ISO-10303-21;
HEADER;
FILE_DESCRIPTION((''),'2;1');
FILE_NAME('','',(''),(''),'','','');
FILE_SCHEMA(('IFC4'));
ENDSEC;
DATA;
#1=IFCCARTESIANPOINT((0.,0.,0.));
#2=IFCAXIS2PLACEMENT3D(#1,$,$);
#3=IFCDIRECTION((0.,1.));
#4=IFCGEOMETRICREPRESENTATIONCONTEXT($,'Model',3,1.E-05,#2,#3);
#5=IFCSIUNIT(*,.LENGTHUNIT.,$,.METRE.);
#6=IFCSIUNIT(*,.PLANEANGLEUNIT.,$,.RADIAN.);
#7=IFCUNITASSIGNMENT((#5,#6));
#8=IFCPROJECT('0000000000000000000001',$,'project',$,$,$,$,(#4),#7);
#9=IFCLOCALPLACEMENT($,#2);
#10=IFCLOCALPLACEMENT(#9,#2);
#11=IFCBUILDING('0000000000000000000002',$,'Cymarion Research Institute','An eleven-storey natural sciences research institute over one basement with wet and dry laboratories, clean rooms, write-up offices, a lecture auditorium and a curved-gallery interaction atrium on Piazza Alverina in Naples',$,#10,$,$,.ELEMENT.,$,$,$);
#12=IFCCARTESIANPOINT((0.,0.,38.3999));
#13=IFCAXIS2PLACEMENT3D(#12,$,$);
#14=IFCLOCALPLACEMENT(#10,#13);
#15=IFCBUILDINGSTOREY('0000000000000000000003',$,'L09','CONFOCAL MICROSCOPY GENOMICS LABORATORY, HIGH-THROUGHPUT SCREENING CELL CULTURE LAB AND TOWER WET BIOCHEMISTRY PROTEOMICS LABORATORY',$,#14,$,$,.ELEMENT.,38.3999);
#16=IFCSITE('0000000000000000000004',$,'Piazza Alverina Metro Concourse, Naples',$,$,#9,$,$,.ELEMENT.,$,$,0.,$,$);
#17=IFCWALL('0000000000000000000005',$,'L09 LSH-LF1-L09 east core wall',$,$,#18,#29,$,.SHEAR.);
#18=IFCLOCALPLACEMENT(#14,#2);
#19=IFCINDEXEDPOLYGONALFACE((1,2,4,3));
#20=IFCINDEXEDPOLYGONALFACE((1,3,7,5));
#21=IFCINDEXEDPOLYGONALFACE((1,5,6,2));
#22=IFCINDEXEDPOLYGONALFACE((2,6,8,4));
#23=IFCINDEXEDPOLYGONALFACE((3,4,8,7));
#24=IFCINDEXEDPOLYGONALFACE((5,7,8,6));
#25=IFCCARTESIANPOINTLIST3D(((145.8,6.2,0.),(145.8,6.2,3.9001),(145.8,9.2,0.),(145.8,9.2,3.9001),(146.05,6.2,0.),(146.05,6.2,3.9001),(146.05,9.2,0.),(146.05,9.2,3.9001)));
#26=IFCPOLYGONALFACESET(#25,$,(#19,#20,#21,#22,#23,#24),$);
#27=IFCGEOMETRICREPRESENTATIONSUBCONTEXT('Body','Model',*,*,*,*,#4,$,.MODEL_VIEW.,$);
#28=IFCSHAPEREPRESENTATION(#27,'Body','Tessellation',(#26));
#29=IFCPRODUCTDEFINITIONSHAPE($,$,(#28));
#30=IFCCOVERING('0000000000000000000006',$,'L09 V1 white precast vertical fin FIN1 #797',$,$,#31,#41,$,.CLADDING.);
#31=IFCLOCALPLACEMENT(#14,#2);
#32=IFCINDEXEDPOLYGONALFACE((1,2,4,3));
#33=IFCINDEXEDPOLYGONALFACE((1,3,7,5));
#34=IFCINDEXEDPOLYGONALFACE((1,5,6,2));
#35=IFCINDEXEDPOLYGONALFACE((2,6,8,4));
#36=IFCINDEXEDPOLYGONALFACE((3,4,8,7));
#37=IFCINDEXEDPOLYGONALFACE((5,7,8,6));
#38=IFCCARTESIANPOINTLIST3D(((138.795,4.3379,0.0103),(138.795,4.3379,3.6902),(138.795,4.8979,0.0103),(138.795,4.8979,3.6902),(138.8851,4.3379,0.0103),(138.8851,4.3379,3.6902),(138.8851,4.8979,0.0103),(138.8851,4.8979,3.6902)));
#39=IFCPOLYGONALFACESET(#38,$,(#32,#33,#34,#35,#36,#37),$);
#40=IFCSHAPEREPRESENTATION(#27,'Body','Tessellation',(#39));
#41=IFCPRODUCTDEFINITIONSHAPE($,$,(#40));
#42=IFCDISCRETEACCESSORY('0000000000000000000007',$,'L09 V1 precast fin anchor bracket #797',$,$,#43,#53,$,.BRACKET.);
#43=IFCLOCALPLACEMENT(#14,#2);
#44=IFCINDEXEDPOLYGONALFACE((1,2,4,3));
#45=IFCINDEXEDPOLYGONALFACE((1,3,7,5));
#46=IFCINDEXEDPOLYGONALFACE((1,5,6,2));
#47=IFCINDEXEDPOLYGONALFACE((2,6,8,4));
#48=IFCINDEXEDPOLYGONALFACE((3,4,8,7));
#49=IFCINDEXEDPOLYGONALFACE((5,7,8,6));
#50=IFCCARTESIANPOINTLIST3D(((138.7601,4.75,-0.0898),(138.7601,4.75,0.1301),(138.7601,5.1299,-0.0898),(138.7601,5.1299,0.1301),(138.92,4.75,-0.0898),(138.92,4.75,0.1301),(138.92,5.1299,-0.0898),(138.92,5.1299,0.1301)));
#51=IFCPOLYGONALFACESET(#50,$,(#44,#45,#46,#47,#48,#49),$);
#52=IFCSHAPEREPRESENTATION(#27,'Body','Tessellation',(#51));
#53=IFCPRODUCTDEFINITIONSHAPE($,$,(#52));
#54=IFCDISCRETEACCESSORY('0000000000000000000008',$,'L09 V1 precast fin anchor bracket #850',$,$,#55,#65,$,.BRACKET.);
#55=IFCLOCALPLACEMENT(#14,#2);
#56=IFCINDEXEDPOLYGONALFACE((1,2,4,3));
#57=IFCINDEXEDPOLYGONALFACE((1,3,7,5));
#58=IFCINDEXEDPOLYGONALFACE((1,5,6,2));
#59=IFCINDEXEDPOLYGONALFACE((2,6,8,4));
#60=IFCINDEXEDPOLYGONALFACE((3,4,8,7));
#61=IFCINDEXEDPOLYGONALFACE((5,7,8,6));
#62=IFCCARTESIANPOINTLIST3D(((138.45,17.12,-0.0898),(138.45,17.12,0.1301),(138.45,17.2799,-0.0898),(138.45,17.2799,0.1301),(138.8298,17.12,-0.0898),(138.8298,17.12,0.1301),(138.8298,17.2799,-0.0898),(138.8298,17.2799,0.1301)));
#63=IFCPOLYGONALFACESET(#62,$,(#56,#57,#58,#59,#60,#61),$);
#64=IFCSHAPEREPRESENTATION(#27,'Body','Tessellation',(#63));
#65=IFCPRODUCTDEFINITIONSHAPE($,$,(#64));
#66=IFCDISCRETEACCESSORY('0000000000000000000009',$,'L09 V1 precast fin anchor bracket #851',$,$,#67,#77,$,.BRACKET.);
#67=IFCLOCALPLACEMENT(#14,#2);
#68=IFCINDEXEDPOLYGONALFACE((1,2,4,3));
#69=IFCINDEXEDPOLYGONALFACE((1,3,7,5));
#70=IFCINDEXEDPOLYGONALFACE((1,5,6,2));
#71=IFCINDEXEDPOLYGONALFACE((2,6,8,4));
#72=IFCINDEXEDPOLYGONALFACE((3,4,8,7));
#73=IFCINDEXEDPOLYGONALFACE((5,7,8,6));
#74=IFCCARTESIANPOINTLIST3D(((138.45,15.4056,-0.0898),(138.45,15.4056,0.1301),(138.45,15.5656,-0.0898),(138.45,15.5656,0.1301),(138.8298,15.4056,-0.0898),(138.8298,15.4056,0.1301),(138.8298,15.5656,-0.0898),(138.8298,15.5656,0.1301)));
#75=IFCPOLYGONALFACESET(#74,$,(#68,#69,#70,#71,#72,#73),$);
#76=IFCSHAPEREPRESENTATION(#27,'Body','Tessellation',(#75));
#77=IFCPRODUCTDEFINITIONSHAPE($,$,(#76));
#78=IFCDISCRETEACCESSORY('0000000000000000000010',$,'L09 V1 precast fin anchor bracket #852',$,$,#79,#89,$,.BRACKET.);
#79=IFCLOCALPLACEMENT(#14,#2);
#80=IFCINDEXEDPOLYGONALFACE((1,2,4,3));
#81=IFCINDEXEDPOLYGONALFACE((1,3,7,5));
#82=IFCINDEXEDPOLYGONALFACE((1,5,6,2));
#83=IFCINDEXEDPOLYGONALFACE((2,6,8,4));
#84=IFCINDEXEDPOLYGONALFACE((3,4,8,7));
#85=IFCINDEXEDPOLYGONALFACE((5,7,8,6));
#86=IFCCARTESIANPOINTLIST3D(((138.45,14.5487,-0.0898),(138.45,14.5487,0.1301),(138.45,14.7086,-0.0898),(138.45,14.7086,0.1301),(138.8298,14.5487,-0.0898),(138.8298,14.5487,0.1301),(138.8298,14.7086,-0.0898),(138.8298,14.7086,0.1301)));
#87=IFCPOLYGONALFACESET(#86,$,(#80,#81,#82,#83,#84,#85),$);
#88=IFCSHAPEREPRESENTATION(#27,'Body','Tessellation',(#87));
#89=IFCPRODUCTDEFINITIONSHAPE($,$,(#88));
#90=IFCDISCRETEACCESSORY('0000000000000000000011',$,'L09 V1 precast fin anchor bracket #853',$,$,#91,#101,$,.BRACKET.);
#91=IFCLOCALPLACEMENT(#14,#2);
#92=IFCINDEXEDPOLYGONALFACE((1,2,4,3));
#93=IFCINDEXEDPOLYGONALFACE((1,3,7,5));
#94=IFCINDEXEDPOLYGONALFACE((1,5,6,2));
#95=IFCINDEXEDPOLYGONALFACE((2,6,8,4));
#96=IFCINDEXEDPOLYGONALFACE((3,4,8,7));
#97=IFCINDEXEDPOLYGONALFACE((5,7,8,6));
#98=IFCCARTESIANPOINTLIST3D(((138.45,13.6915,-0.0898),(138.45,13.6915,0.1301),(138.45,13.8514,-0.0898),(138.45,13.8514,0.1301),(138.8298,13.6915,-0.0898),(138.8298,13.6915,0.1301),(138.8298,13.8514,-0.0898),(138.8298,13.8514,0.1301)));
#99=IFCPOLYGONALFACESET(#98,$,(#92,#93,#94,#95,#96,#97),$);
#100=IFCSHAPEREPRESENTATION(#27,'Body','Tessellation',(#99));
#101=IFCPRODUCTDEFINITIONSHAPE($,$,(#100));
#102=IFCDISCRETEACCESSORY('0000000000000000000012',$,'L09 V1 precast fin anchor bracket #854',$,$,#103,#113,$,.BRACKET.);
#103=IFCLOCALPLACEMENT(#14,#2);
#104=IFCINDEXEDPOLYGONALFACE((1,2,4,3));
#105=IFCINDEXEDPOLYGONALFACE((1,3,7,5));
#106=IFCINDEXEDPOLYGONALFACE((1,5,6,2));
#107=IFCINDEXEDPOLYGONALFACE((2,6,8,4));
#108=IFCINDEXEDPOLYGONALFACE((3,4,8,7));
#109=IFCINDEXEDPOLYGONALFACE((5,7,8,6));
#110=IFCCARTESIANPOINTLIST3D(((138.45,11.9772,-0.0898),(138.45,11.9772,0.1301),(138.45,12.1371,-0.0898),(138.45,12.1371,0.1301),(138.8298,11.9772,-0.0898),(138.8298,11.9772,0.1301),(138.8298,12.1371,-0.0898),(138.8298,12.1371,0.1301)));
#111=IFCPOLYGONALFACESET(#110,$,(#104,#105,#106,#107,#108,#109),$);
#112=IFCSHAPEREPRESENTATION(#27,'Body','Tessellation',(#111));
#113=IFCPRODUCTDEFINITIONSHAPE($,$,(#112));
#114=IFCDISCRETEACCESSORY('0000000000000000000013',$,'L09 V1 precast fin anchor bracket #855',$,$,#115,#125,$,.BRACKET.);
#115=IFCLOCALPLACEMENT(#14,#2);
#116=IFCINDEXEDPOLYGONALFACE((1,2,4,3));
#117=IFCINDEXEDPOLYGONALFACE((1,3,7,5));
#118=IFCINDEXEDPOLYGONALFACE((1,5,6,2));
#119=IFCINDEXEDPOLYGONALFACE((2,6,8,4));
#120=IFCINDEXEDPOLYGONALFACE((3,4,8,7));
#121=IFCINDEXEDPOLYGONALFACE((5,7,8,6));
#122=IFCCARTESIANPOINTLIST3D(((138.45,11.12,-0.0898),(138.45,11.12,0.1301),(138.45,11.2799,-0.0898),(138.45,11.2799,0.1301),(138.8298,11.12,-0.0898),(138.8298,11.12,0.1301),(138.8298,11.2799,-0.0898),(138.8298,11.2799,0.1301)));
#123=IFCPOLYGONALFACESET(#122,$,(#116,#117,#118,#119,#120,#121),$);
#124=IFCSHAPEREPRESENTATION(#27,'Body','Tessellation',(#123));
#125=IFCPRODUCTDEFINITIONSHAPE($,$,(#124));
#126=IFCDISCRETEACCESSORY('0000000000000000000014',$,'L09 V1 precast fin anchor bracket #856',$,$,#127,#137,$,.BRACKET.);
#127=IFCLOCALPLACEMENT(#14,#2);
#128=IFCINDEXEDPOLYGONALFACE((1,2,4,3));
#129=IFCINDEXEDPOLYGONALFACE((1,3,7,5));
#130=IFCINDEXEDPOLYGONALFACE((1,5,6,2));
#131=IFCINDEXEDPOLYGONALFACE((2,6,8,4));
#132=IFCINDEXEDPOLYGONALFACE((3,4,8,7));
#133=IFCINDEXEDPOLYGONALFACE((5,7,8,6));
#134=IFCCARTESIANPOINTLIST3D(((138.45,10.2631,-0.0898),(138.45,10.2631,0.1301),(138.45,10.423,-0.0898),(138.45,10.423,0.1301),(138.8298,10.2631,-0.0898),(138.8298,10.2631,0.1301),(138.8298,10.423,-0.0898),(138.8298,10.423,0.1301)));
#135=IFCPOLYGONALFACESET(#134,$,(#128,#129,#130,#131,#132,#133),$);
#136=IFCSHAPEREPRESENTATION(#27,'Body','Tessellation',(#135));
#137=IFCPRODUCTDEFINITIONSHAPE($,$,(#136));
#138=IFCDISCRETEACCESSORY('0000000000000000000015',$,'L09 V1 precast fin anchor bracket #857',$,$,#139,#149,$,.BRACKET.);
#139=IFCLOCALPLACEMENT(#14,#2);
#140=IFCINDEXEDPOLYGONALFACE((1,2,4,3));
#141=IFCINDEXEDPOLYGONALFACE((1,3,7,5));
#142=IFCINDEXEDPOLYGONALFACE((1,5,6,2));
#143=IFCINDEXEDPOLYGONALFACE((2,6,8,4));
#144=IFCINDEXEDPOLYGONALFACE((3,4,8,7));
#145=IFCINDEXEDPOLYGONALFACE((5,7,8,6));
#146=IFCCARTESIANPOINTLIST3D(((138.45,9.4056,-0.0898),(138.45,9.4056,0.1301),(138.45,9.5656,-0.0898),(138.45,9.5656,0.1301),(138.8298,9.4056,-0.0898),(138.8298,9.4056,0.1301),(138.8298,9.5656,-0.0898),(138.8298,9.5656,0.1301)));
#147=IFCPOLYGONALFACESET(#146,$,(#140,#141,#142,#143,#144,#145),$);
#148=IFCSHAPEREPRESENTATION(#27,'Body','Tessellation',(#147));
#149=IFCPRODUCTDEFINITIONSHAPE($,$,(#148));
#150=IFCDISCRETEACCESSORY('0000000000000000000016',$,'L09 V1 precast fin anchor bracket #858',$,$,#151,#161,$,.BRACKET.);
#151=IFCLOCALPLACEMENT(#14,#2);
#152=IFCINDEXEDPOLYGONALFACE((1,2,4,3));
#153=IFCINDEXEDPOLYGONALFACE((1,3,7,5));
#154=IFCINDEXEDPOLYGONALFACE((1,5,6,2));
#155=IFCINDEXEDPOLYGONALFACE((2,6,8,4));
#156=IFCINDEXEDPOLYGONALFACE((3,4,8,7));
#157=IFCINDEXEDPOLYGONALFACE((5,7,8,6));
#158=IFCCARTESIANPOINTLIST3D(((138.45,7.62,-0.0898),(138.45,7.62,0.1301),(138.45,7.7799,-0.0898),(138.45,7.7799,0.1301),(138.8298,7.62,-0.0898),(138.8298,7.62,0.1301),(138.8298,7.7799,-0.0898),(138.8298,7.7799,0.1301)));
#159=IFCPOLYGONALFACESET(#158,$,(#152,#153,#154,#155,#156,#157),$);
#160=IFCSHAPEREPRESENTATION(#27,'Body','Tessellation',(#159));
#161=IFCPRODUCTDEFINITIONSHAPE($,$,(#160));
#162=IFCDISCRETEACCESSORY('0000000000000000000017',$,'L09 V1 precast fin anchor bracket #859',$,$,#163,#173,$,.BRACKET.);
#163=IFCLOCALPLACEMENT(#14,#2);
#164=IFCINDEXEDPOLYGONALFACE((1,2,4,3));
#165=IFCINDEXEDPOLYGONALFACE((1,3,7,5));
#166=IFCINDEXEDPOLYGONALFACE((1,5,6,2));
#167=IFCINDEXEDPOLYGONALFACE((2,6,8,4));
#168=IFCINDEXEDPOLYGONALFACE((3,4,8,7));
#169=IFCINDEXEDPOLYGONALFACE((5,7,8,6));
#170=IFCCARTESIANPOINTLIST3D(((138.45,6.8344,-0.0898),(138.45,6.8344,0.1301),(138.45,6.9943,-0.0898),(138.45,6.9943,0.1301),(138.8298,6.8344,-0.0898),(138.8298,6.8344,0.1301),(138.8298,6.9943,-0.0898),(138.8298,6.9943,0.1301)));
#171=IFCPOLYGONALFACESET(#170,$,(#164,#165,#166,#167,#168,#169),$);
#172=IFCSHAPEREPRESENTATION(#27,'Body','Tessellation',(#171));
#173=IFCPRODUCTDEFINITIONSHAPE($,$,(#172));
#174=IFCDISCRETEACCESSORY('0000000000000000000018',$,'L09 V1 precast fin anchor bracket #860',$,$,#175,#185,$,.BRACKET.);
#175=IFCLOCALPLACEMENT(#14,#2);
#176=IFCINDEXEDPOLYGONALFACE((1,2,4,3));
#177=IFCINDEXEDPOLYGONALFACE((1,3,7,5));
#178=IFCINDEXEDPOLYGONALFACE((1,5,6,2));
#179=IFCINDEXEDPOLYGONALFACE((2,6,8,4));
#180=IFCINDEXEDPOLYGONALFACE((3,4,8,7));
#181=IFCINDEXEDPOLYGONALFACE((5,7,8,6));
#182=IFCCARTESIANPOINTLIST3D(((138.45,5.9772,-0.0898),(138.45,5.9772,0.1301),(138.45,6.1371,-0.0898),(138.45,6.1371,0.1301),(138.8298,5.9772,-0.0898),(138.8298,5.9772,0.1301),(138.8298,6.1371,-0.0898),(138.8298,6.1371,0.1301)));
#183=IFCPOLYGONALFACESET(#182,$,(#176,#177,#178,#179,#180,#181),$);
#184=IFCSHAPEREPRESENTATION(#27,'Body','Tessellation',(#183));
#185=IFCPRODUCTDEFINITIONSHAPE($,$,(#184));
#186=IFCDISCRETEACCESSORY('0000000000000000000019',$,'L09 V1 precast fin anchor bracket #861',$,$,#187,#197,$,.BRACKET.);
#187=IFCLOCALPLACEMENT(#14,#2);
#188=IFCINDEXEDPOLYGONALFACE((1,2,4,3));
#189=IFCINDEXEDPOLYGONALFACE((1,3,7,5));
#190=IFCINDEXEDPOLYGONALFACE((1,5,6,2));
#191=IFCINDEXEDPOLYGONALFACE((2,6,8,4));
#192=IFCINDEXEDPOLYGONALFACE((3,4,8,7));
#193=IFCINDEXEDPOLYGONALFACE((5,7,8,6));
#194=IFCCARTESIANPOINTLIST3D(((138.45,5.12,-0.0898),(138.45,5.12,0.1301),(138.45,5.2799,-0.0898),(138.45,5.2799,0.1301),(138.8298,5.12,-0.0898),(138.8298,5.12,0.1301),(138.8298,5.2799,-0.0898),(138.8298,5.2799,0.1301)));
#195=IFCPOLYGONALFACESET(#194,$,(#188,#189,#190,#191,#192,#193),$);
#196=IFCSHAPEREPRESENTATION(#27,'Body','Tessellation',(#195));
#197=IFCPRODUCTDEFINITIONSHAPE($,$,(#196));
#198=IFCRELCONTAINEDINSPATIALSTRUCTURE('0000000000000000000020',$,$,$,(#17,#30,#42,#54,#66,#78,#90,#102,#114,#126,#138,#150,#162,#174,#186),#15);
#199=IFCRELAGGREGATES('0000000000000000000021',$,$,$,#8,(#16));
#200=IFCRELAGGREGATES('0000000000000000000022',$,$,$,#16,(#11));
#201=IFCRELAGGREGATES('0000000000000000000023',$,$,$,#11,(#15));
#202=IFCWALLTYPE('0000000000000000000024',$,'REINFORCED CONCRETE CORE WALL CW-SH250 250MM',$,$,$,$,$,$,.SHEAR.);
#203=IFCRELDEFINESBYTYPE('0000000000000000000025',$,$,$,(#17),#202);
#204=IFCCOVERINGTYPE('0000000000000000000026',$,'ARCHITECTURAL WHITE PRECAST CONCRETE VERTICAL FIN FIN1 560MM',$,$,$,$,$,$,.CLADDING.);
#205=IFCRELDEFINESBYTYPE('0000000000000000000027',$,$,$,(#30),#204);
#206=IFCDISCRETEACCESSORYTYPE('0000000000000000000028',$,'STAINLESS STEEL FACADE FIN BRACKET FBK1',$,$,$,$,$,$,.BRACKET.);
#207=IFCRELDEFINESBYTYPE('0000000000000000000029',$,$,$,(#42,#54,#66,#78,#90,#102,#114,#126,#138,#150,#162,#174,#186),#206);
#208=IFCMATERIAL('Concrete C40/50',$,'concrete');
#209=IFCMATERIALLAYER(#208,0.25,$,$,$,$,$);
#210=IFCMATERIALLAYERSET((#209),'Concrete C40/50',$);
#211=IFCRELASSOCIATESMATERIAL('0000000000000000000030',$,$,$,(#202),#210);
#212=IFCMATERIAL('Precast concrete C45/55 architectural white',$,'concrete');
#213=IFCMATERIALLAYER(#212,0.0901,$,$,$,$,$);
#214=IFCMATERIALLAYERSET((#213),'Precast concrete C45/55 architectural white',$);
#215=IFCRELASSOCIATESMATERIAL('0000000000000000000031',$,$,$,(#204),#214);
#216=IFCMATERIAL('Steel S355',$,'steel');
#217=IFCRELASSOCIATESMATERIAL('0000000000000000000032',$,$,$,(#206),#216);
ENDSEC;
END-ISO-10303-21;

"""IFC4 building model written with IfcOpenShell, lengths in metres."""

from ifc_helpers import new_model, si_unit, direction, frame, frame_2d, origin, origin_2d, place, context, subcontext, project, spatial, rectangle, extrude, material, layer, layer_set, type_object, element, save


model = new_model("IFC4")

# Units and contexts
model_context = context("Model", 3, precision=1e-05, world=origin(), true_north=direction((0.0, 1.0)))
body_context = subcontext(model_context, "Body", "Model", "MODEL_VIEW")
ifc_project = project(units=[si_unit("LENGTHUNIT", "METRE"), si_unit("PLANEANGLEUNIT", "RADIAN")], contexts=[model_context])

# Site, building, storey
site_placement = place(None, origin())
site = spatial("IfcSite", under=ifc_project, at=site_placement, Name="Piazza Alverina Metro Concourse, Naples", CompositionType="ELEMENT", RefElevation=0.0)
building_placement = place(site_placement, origin())
building = spatial("IfcBuilding", under=site, at=building_placement, Name="Cymarion Research Institute", Description="An eleven-storey natural sciences research institute over one basement with wet and dry laboratories, clean rooms, write-up offices, a lecture auditorium and a curved-gallery interaction atrium on Piazza Alverina in Naples", CompositionType="ELEMENT")
storey_placement = place(building_placement, frame((0.0, 0.0, 38.3999)))
storey = spatial("IfcBuildingStorey", under=building, at=storey_placement, Name="L09", Description="CONFOCAL MICROSCOPY GENOMICS LABORATORY, HIGH-THROUGHPUT SCREENING CELL CULTURE LAB AND TOWER WET BIOCHEMISTRY PROTEOMICS LABORATORY", CompositionType="ELEMENT", Elevation=38.3999)

# Shared definitions
ifc_material_1 = material(Name="Steel S355", Category="steel")

# Shared definitions
ifc_material_2 = material(Name="Concrete C40/50", Category="concrete")

# Shared definitions
ifc_layer_1 = layer(ifc_material_2, 0.25)
ifc_layer_set_1 = layer_set([ifc_layer_1], Name="Concrete C40/50")
wall_type_1 = type_object("IfcWallType", Name="REINFORCED CONCRETE CORE WALL CW-SH250 250MM", PredefinedType="SHEAR", material=ifc_layer_set_1)

# Wall
wall_1_placement = place(storey_placement, frame((145.925, 6.2, 0.0), z_axis=(0.0, 0.0, 1.0), x_axis=(0.0, 1.0, 0.0)))
element("IfcWall", 1, at=wall_1_placement, inside=storey, type_object=wall_type_1, Name="L09 LSH-LF1-L09 east core wall", PredefinedType="SHEAR", context=body_context, shape_type="SweptSolid", body=[
    extrude(rectangle(XDim=3.0, YDim=0.25, at=frame_2d((1.5, 0.0))), origin(), (0.0, 0.0, 1.0), 3.9001),
])

# Covering
ifc_material_3 = material(Name="Precast concrete C45/55 architectural white", Category="concrete")
ifc_layer_2 = layer(ifc_material_3, 0.0901)
ifc_layer_set_2 = layer_set([ifc_layer_2], Name="Precast concrete C45/55 architectural white")
covering_type = type_object("IfcCoveringType", Name="ARCHITECTURAL WHITE PRECAST CONCRETE VERTICAL FIN FIN1 560MM", PredefinedType="CLADDING", material=ifc_layer_set_2)
covering_placement = place(storey_placement, frame((138.8401, 4.6179, 0.0103), z_axis=(0.0, 0.0, 1.0), x_axis=(0.0, -1.0, 0.0)))
element("IfcCovering", 2, at=covering_placement, inside=storey, type_object=covering_type, Name="L09 V1 white precast vertical fin FIN1 #797", PredefinedType="CLADDING", context=body_context, shape_type="SweptSolid", body=[
    extrude(rectangle(XDim=0.5601, YDim=0.0901, at=origin_2d()), origin(), (0.0, 0.0, 1.0), 3.6799),
])

# Discrete accessories
discrete_accessory_type = type_object("IfcDiscreteAccessoryType", Name="STAINLESS STEEL FACADE FIN BRACKET FBK1", PredefinedType="BRACKET", material=ifc_material_1)
for number, where, z_axis, x_axis, name in (
    (3, (138.8401, 4.9399, -0.0898), (0.0, 0.0, 1.0), (0.0, -1.0, 0.0), "L09 V1 precast fin anchor bracket #797"),
    (4, (138.6399, 17.2, -0.0898), (0.0, 0.0, 1.0), (-1.0, 0.0, 0.0), "L09 V1 precast fin anchor bracket #850"),
    (5, (138.6399, 15.4856, -0.0898), (0.0, 0.0, 1.0), (-1.0, 0.0, 0.0), "L09 V1 precast fin anchor bracket #851"),
    (6, (138.6399, 14.6287, -0.0898), (0.0, 0.0, 1.0), (-1.0, 0.0, 0.0), "L09 V1 precast fin anchor bracket #852"),
    (7, (138.6399, 13.7715, -0.0898), (0.0, 0.0, 1.0), (-1.0, 0.0, 0.0), "L09 V1 precast fin anchor bracket #853"),
    (8, (138.6399, 12.0571, -0.0898), (0.0, 0.0, 1.0), (-1.0, 0.0, 0.0), "L09 V1 precast fin anchor bracket #854"),
    (9, (138.6399, 11.2, -0.0898), (0.0, 0.0, 1.0), (-1.0, 0.0, 0.0), "L09 V1 precast fin anchor bracket #855"),
    (10, (138.6399, 10.343, -0.0898), (0.0, 0.0, 1.0), (-1.0, 0.0, 0.0), "L09 V1 precast fin anchor bracket #856"),
    (11, (138.6399, 9.4856, -0.0898), (0.0, 0.0, 1.0), (-1.0, 0.0, 0.0), "L09 V1 precast fin anchor bracket #857"),
    (12, (138.6399, 7.7, -0.0898), (0.0, 0.0, 1.0), (-1.0, 0.0, 0.0), "L09 V1 precast fin anchor bracket #858"),
    (13, (138.6399, 6.9143, -0.0898), (0.0, 0.0, 1.0), (-1.0, 0.0, 0.0), "L09 V1 precast fin anchor bracket #859"),
    (14, (138.6399, 6.0571, -0.0898), (0.0, 0.0, 1.0), (-1.0, 0.0, 0.0), "L09 V1 precast fin anchor bracket #860"),
    (15, (138.6399, 5.2, -0.0898), (0.0, 0.0, 1.0), (-1.0, 0.0, 0.0), "L09 V1 precast fin anchor bracket #861"),
):
    element("IfcDiscreteAccessory", number, at=place(storey_placement, frame(where, z_axis=z_axis, x_axis=x_axis)), inside=storey, type_object=discrete_accessory_type, Name=name, PredefinedType="BRACKET", context=body_context, shape_type="SweptSolid", body=[
        extrude(rectangle(XDim=0.3799, YDim=0.1599, at=origin_2d()), origin(), (0.0, 0.0, 1.0), 0.22),
    ])

save(model, "model.ifc")
